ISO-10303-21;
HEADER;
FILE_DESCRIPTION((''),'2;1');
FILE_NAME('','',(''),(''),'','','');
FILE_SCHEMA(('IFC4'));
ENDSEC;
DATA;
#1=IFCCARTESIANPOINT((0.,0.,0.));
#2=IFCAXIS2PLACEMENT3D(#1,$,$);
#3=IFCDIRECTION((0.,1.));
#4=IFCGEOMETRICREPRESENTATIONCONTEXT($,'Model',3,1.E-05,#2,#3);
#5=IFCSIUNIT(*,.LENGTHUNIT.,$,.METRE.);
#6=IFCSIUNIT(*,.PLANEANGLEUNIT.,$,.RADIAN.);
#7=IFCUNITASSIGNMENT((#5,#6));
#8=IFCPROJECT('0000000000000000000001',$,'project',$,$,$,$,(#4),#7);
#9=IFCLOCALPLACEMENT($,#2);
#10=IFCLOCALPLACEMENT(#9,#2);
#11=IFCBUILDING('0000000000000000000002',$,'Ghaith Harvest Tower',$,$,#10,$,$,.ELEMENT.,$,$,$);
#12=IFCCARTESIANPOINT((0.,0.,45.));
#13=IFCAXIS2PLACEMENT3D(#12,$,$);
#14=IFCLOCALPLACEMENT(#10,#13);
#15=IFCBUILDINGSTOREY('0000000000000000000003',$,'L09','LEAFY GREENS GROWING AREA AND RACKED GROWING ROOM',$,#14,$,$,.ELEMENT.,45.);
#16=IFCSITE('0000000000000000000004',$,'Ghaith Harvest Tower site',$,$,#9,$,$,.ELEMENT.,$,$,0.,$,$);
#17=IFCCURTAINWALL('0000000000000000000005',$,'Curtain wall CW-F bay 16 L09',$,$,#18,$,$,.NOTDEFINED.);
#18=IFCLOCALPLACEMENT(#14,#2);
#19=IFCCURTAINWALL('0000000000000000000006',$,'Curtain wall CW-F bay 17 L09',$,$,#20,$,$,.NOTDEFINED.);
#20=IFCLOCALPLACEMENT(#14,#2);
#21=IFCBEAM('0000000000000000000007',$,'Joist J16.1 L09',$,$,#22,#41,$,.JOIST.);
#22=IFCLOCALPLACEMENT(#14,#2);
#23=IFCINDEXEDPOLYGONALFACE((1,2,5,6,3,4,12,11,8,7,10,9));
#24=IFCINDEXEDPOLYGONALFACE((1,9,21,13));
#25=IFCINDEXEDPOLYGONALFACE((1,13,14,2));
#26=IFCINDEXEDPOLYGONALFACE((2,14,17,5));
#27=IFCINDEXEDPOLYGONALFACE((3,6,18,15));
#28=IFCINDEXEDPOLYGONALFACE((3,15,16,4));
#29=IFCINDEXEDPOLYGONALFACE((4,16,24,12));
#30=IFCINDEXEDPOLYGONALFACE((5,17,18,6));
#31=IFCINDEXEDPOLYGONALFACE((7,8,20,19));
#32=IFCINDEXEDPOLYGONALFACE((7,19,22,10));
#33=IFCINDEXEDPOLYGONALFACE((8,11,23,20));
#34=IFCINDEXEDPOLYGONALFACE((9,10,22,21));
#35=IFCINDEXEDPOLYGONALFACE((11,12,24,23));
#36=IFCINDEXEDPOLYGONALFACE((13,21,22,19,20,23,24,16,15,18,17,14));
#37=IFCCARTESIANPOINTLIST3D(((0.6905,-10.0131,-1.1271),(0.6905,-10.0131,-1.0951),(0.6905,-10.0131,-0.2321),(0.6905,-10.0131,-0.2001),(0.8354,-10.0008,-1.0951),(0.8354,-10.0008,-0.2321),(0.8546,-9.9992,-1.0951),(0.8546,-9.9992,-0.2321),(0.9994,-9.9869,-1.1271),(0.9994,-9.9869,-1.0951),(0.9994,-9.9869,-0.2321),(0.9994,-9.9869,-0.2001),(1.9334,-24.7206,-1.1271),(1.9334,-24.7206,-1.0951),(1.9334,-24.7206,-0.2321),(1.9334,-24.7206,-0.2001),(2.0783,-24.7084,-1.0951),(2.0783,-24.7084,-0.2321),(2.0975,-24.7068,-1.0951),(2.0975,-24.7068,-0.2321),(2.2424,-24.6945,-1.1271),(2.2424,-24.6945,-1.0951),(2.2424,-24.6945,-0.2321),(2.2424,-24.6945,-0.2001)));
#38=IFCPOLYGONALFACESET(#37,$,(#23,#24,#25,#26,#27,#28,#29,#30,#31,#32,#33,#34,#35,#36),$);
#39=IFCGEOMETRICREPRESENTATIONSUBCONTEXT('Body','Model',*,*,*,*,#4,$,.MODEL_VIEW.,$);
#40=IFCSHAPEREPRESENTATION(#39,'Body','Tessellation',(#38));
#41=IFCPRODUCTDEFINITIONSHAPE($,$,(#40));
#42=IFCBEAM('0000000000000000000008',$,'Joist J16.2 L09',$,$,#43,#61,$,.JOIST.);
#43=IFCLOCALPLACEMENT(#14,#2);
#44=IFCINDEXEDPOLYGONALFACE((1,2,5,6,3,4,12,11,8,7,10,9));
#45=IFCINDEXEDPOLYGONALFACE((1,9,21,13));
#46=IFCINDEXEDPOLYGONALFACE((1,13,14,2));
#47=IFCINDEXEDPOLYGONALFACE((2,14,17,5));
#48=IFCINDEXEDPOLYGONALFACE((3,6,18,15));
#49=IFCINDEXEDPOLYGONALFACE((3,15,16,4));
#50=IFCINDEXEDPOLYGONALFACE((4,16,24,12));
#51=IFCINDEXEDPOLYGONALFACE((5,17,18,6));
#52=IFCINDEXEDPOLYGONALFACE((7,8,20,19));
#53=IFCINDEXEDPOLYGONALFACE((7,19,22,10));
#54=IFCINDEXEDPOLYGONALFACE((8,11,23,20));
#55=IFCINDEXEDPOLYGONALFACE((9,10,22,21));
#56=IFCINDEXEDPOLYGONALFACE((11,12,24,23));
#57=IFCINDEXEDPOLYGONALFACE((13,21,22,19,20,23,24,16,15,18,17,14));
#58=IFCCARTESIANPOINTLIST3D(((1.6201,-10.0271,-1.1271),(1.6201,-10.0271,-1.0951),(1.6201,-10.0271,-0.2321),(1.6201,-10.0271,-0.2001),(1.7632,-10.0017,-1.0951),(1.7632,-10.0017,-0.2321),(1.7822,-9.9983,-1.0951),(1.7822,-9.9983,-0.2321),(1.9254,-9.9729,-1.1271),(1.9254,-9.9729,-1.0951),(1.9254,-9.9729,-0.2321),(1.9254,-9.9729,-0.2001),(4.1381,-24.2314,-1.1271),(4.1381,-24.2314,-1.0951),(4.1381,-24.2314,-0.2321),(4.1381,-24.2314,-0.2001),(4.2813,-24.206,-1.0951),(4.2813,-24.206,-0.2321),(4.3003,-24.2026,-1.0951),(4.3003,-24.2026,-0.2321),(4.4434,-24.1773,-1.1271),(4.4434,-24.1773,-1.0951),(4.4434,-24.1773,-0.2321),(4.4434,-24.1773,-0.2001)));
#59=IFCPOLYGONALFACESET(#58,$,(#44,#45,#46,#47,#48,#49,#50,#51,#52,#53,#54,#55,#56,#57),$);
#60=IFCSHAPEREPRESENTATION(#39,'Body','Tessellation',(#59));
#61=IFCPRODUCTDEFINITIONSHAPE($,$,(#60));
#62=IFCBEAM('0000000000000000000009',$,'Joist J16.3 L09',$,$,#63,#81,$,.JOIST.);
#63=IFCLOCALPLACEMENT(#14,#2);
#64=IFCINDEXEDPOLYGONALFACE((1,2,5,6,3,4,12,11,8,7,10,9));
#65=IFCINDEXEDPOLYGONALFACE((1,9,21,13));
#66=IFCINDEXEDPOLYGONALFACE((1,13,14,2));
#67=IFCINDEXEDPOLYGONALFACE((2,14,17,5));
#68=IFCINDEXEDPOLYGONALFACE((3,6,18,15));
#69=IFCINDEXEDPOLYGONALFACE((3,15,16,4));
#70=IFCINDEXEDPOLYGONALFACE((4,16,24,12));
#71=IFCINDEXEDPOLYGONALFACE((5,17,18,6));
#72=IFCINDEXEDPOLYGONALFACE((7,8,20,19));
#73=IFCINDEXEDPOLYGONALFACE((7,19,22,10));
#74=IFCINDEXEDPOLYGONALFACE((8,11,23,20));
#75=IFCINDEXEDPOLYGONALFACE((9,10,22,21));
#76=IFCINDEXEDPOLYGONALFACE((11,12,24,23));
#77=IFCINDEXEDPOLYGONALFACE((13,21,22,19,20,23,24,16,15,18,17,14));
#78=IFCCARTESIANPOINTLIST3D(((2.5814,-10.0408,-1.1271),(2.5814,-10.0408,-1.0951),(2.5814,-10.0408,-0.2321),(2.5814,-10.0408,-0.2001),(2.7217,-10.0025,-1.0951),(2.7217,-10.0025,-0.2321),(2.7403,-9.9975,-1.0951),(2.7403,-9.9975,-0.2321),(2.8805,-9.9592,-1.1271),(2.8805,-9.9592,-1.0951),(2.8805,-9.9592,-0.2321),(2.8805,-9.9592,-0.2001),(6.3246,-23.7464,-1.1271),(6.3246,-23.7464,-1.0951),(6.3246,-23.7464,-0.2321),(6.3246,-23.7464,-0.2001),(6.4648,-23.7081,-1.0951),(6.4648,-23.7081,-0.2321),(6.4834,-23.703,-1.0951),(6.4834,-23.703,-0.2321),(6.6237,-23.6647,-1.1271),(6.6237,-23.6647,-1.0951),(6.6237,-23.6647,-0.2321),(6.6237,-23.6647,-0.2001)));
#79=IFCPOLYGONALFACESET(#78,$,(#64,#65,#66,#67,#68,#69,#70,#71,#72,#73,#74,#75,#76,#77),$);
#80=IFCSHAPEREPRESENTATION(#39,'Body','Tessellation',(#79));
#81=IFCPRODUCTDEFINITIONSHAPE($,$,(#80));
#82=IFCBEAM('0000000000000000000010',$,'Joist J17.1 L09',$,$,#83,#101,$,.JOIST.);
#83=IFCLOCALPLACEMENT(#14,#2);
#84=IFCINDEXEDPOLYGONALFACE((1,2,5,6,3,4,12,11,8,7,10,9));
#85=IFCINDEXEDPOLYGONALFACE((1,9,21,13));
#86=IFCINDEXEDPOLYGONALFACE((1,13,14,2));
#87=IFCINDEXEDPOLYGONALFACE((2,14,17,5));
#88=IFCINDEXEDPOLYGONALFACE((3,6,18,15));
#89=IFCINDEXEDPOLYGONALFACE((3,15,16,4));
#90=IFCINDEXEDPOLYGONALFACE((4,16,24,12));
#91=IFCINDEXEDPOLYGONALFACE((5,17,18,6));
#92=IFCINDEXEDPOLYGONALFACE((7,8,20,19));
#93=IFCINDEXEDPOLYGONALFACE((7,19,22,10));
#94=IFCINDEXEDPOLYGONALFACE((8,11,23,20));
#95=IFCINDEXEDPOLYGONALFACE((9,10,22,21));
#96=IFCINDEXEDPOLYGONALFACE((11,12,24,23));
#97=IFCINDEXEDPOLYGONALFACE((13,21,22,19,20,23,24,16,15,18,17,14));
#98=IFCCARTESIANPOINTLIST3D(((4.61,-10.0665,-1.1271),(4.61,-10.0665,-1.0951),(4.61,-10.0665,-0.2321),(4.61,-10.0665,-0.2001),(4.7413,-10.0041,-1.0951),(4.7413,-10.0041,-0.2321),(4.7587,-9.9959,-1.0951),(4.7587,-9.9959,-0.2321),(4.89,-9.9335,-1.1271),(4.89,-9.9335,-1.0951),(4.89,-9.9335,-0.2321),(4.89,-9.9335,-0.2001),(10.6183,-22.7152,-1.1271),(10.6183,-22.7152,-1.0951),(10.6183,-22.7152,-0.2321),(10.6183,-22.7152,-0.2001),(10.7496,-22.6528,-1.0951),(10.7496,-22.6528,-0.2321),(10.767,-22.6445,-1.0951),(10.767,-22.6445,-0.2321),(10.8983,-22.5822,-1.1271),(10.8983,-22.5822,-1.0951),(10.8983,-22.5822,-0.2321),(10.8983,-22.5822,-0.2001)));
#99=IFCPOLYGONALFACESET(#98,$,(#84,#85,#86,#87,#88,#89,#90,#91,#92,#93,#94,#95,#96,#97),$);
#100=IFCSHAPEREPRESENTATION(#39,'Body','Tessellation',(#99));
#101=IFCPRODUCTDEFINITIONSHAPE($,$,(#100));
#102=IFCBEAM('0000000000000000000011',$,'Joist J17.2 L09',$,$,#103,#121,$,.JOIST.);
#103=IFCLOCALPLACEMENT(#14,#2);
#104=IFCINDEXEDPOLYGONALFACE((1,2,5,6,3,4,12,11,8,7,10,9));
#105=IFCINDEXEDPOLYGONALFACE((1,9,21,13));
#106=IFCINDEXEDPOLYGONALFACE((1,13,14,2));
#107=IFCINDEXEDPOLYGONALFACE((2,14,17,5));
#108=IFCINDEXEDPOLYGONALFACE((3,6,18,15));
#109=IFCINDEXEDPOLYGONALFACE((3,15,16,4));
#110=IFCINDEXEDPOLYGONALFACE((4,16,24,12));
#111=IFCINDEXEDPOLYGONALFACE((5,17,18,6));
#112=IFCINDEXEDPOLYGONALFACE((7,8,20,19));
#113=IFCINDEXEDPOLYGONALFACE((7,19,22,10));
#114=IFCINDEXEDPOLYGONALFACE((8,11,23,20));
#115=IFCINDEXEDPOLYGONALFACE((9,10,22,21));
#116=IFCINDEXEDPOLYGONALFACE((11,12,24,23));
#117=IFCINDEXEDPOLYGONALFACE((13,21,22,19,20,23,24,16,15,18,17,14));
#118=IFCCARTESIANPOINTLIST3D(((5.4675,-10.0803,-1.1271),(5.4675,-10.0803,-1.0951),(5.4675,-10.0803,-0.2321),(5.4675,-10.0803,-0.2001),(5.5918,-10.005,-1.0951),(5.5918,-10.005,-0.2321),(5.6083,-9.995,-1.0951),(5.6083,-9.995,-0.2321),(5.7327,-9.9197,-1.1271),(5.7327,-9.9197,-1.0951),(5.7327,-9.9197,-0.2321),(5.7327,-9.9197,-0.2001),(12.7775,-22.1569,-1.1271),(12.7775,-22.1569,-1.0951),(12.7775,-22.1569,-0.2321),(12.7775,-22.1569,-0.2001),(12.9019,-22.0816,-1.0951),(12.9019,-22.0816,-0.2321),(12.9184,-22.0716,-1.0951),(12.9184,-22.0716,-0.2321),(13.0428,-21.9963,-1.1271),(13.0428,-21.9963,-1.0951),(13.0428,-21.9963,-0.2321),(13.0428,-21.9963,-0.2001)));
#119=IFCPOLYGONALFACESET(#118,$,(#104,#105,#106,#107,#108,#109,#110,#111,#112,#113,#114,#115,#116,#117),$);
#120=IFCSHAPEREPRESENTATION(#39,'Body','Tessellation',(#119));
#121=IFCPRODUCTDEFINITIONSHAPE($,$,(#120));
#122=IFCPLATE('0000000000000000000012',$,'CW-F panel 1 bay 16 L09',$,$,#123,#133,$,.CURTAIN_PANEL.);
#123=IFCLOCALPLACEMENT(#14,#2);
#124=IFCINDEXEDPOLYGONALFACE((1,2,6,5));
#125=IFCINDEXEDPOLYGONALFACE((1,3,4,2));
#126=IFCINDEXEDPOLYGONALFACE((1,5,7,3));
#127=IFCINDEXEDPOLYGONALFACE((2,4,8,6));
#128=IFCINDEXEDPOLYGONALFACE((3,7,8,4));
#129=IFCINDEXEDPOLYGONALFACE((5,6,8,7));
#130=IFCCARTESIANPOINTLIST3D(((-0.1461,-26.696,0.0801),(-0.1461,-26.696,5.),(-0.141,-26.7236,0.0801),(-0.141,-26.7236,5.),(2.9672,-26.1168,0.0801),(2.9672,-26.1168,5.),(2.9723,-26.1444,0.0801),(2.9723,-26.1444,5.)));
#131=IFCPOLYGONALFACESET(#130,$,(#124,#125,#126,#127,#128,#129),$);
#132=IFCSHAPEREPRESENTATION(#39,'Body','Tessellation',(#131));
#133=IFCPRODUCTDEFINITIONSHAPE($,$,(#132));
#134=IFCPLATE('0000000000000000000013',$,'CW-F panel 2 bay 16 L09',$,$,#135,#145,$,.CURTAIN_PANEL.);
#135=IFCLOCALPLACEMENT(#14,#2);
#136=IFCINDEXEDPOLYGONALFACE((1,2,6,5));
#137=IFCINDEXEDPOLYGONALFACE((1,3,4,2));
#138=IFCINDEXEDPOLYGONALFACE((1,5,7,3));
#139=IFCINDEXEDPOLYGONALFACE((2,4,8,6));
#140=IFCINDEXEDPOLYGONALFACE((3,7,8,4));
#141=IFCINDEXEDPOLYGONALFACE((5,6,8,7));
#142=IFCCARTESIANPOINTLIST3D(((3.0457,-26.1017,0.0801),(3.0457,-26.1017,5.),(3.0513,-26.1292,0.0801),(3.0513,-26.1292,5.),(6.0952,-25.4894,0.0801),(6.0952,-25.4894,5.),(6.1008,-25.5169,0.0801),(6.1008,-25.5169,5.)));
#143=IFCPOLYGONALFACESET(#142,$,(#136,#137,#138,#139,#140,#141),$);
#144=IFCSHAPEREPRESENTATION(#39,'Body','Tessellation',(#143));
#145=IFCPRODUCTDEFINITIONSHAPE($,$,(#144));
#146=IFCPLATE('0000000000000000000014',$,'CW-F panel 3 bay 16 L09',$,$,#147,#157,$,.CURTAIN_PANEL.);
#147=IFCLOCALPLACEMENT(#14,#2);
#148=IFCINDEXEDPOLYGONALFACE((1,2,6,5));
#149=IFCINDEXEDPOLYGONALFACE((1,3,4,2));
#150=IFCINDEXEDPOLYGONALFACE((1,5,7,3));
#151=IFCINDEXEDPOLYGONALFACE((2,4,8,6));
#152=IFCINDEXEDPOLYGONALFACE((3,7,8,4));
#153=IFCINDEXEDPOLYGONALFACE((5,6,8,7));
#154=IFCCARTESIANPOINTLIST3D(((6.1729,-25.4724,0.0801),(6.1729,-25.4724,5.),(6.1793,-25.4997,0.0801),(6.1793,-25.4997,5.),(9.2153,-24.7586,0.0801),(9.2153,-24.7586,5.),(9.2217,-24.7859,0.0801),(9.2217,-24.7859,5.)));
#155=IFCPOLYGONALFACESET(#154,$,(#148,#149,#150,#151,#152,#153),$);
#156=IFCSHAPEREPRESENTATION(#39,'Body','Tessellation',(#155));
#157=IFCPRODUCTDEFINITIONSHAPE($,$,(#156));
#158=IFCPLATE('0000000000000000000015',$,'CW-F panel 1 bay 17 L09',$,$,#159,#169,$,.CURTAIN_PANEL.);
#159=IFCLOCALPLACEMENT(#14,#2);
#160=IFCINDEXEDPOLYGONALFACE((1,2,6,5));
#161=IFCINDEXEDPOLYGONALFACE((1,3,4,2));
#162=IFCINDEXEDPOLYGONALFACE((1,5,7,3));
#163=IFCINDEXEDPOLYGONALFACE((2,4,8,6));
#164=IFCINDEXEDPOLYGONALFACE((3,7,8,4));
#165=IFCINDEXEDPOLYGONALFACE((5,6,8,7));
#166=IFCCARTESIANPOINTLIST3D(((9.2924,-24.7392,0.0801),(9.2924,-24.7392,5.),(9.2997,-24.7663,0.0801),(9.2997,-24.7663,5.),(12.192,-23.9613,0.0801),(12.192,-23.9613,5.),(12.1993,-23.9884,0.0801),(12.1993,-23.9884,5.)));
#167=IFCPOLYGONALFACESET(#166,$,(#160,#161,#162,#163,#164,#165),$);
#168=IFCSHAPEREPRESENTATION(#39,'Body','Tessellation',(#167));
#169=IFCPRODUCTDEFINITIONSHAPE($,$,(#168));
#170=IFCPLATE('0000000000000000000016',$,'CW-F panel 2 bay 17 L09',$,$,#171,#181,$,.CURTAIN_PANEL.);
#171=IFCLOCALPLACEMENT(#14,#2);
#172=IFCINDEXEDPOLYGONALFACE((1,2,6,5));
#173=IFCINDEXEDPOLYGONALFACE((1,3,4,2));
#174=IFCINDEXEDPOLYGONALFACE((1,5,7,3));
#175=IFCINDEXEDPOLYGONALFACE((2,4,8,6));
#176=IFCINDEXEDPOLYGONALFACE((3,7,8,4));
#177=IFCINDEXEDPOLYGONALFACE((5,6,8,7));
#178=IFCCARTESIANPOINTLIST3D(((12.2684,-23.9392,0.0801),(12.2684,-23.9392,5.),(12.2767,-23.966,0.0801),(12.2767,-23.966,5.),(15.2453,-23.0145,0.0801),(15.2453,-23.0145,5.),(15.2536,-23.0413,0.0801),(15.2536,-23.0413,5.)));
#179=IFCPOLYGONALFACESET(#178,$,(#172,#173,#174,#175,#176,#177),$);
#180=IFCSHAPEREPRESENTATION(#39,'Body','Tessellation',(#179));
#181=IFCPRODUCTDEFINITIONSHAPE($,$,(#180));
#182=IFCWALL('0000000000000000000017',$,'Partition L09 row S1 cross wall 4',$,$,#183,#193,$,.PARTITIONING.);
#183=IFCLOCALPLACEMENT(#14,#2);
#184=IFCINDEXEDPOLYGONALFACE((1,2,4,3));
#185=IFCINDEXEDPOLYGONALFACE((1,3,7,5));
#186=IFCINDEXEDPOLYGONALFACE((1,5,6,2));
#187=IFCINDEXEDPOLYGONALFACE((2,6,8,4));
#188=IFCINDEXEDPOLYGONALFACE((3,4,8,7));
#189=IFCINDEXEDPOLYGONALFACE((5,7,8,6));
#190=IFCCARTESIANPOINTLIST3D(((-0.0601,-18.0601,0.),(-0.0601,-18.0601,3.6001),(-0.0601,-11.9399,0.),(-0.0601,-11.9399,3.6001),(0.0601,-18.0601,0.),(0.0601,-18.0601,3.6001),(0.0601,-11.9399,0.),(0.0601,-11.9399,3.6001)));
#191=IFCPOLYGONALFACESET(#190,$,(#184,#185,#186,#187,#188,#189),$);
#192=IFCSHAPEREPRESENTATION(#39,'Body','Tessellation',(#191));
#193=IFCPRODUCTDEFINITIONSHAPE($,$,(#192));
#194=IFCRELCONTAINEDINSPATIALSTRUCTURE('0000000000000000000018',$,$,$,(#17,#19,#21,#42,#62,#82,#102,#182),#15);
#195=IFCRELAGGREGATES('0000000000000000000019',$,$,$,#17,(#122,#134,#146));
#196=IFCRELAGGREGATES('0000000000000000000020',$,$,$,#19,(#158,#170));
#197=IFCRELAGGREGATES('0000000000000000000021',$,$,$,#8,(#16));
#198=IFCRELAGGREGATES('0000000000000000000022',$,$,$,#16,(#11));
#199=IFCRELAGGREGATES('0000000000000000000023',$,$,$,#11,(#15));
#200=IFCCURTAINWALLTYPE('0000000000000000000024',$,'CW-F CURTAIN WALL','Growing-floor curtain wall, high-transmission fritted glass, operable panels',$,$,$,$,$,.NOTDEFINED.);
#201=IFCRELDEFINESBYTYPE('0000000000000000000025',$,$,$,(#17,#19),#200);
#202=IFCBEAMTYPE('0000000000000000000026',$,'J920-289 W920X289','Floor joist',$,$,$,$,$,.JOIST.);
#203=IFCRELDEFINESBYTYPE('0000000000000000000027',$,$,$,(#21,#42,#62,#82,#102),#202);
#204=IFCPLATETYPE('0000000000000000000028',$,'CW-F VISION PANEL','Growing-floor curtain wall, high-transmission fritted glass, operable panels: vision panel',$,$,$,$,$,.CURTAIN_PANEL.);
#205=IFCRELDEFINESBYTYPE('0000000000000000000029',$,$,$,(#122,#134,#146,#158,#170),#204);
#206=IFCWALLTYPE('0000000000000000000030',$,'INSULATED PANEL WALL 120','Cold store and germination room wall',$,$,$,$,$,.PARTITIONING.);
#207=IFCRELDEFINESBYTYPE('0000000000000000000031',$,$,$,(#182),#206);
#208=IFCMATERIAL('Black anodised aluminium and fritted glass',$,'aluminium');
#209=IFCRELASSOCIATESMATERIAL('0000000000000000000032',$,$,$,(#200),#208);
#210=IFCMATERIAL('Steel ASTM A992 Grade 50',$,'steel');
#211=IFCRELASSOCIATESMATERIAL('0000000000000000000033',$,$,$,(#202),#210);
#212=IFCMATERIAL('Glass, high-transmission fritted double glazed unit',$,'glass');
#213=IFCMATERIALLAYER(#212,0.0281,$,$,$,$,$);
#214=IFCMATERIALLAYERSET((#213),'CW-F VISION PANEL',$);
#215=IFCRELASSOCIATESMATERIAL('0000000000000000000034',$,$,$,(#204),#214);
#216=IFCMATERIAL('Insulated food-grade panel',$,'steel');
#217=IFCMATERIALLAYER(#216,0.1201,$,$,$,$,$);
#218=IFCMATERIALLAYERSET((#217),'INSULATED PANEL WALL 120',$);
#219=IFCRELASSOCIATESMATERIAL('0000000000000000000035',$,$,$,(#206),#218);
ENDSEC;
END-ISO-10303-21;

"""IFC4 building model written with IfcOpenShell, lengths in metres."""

from ifc_helpers import new_model, si_unit, direction, frame, frame_2d, origin, origin_2d, place, context, subcontext, project, spatial, rectangle, i_section, extrude, material, layer, layer_set, material_profile, profile_set, type_object, element, aggregate, save


model = new_model("IFC4")

# Units and contexts
model_context = context("Model", 3, precision=1e-05, world=origin(), true_north=direction((0.0, 1.0)))
body_context = subcontext(model_context, "Body", "Model", "MODEL_VIEW")
ifc_project = project(units=[si_unit("LENGTHUNIT", "METRE"), si_unit("PLANEANGLEUNIT", "RADIAN")], contexts=[model_context])

# Site, building, storey
site_placement = place(None, origin())
site = spatial("IfcSite", under=ifc_project, at=site_placement, Name="Ghaith Harvest Tower site", CompositionType="ELEMENT", RefElevation=0.0)
building_placement = place(site_placement, origin())
building = spatial("IfcBuilding", under=site, at=building_placement, Name="Ghaith Harvest Tower", CompositionType="ELEMENT")
storey_placement = place(building_placement, frame((0.0, 0.0, 45.0)))
storey = spatial("IfcBuildingStorey", under=building, at=storey_placement, Name="L09", Description="LEAFY GREENS GROWING AREA AND RACKED GROWING ROOM", CompositionType="ELEMENT", Elevation=45.0)

# Curtain walls
ifc_material_1 = material(Name="Black anodised aluminium and fritted glass", Category="aluminium")
curtain_wall_type = type_object("IfcCurtainWallType", Name="CW-F CURTAIN WALL", Description="Growing-floor curtain wall, high-transmission fritted glass, operable panels", PredefinedType="NOTDEFINED", material=ifc_material_1)
curtain_wall_1_placement = place(storey_placement, origin())
curtain_wall_1 = element("IfcCurtainWall", 1, at=curtain_wall_1_placement, inside=storey, type_object=curtain_wall_type, Name="Curtain wall CW-F bay 16 L09", PredefinedType="NOTDEFINED")
curtain_wall_2_placement = place(storey_placement, origin())
curtain_wall_2 = element("IfcCurtainWall", 2, at=curtain_wall_2_placement, inside=storey, type_object=curtain_wall_type, Name="Curtain wall CW-F bay 17 L09", PredefinedType="NOTDEFINED")

# Beams
ifc_material_2 = material(Name="Steel ASTM A992 Grade 50", Category="steel")
ifc_material_profile_1 = material_profile(ifc_material_2, i_section(OverallWidth=0.3101, OverallDepth=0.927, WebThickness=0.0193, FlangeThickness=0.032, at=origin_2d()), Name="W920X289")
ifc_profile_set_1 = profile_set([ifc_material_profile_1], Name="Steel ASTM A992 Grade 50")
beam_type_1 = type_object("IfcBeamType", Name="J920-289 W920X289", Description="Floor joist", PredefinedType="JOIST", material=ifc_profile_set_1)
beam_1_placement = place(storey_placement, frame((0.845, -10.0, -0.6636), z_axis=(0.084209, -0.996448, 0.0), x_axis=(0.996448, 0.084209, 0.0)))
element("IfcBeam", 3, at=beam_1_placement, inside=storey, type_object=beam_type_1, Name="Joist J16.1 L09", PredefinedType="JOIST", context=body_context, shape_type="SweptSolid", body=[
    extrude(i_section(OverallWidth=0.3101, OverallDepth=0.927, WebThickness=0.0193, FlangeThickness=0.032, at=origin_2d()), origin(), (0.0, 0.0, 1.0), 14.76),
])
beam_2_placement = place(storey_placement, frame((1.7727, -10.0, -0.6636), z_axis=(0.174553, -0.984648, 0.0), x_axis=(0.984648, 0.174553, 0.0)))
element("IfcBeam", 4, at=beam_2_placement, inside=storey, type_object=beam_type_1, Name="Joist J16.2 L09", PredefinedType="JOIST", context=body_context, shape_type="SweptSolid", body=[
    extrude(i_section(OverallWidth=0.3101, OverallDepth=0.927, WebThickness=0.0193, FlangeThickness=0.032, at=origin_2d()), origin(), (0.0, 0.0, 1.0), 14.4258),
])
beam_3_placement = place(storey_placement, frame((2.731, -10.0, -0.6636), z_axis=(0.263463, -0.964669, 0.0), x_axis=(0.964669, 0.263463, 0.0)))
element("IfcBeam", 5, at=beam_3_placement, inside=storey, type_object=beam_type_1, Name="Joist J16.3 L09", PredefinedType="JOIST", context=body_context, shape_type="SweptSolid", body=[
    extrude(i_section(OverallWidth=0.3101, OverallDepth=0.927, WebThickness=0.0193, FlangeThickness=0.032, at=origin_2d()), origin(), (0.0, 0.0, 1.0), 14.2075),
])
beam_4_placement = place(storey_placement, frame((4.75, -10.0, -0.6636), z_axis=(0.429067, -0.903273, 0.0), x_axis=(0.903273, 0.429067, 0.0)))
element("IfcBeam", 6, at=beam_4_placement, inside=storey, type_object=beam_type_1, Name="Joist J17.1 L09", PredefinedType="JOIST", context=body_context, shape_type="SweptSolid", body=[
    extrude(i_section(OverallWidth=0.3101, OverallDepth=0.927, WebThickness=0.0193, FlangeThickness=0.032, at=origin_2d()), origin(), (0.0, 0.0, 1.0), 14.0032),
])
beam_5_placement = place(storey_placement, frame((5.6001, -10.0, -0.6636), z_axis=(0.517829, -0.855484, 0.0), x_axis=(0.855484, 0.517829, 0.0)))
element("IfcBeam", 7, at=beam_5_placement, inside=storey, type_object=beam_type_1, Name="Joist J17.2 L09", PredefinedType="JOIST", context=body_context, shape_type="SweptSolid", body=[
    extrude(i_section(OverallWidth=0.3101, OverallDepth=0.927, WebThickness=0.0193, FlangeThickness=0.032, at=origin_2d()), origin(), (0.0, 0.0, 1.0), 14.1167),
])

# Plates
ifc_material_3 = material(Name="Glass, high-transmission fritted double glazed unit", Category="glass")
ifc_layer_1 = layer(ifc_material_3, 0.0281)
ifc_layer_set_1 = layer_set([ifc_layer_1], Name="CW-F VISION PANEL")
plate_type = type_object("IfcPlateType", Name="CW-F VISION PANEL", Description="Growing-floor curtain wall, high-transmission fritted glass, operable panels: vision panel", PredefinedType="CURTAIN_PANEL", material=ifc_layer_set_1)
plate_1_placement = place(storey_placement, frame((1.4131, -26.4202, 0.0801), z_axis=(0.0, 0.0, 1.0), x_axis=(0.983131, 0.182902, 0.0)))
plate_1 = element("IfcPlate", 8, at=plate_1_placement, type_object=plate_type, Name="CW-F panel 1 bay 16 L09", PredefinedType="CURTAIN_PANEL", context=body_context, shape_type="SweptSolid", body=[
    extrude(rectangle(XDim=3.1667, YDim=0.0281, at=origin_2d()), origin(), (0.0, 0.0, 1.0), 4.9199),
])
plate_2_placement = place(storey_placement, frame((4.5732, -25.8093, 0.0801), z_axis=(0.0, 0.0, 1.0), x_axis=(0.980432, 0.196856, 0.0)))
plate_2 = element("IfcPlate", 9, at=plate_2_placement, type_object=plate_type, Name="CW-F panel 2 bay 16 L09", PredefinedType="CURTAIN_PANEL", context=body_context, shape_type="SweptSolid", body=[
    extrude(rectangle(XDim=3.1104, YDim=0.0281, at=origin_2d()), origin(), (0.0, 0.0, 1.0), 4.9199),
])
plate_3_placement = place(storey_placement, frame((7.6973, -25.1292, 0.0801), z_axis=(0.0, 0.0, 1.0), x_axis=(0.973565, 0.228411, 0.0)))
plate_3 = element("IfcPlate", 10, at=plate_3_placement, type_object=plate_type, Name="CW-F panel 3 bay 16 L09", PredefinedType="CURTAIN_PANEL", context=body_context, shape_type="SweptSolid", body=[
    extrude(rectangle(XDim=3.125, YDim=0.0281, at=origin_2d()), origin(), (0.0, 0.0, 1.0), 4.9199),
])
aggregate(curtain_wall_1, [plate_1, plate_2, plate_3])
plate_4_placement = place(storey_placement, frame((10.7458, -24.3638, 0.0801), z_axis=(0.0, 0.0, 1.0), x_axis=(0.965848, 0.259108, 0.0)))
plate_4 = element("IfcPlate", 11, at=plate_4_placement, type_object=plate_type, Name="CW-F panel 1 bay 17 L09", PredefinedType="CURTAIN_PANEL", context=body_context, shape_type="SweptSolid", body=[
    extrude(rectangle(XDim=3.0022, YDim=0.0281, at=origin_2d()), origin(), (0.0, 0.0, 1.0), 4.9199),
])
plate_5_placement = place(storey_placement, frame((13.761, -23.4902, 0.0801), z_axis=(0.0, 0.0, 1.0), x_axis=(0.954988, 0.296644, 0.0)))
plate_5 = element("IfcPlate", 12, at=plate_5_placement, type_object=plate_type, Name="CW-F panel 2 bay 17 L09", PredefinedType="CURTAIN_PANEL", context=body_context, shape_type="SweptSolid", body=[
    extrude(rectangle(XDim=3.1172, YDim=0.0281, at=origin_2d()), origin(), (0.0, 0.0, 1.0), 4.9199),
])
aggregate(curtain_wall_2, [plate_4, plate_5])

# Wall
ifc_material_4 = material(Name="Insulated food-grade panel", Category="steel")
ifc_layer_2 = layer(ifc_material_4, 0.1201)
ifc_layer_set_2 = layer_set([ifc_layer_2], Name="INSULATED PANEL WALL 120")
wall_type_1 = type_object("IfcWallType", Name="INSULATED PANEL WALL 120", Description="Cold store and germination room wall", PredefinedType="PARTITIONING", material=ifc_layer_set_2)
for number, where, z_axis, x_axis, name in (
    (13, (0.0, -11.9399, 0.0), (0.0, 0.0, 1.0), (0.0, -1.0, 0.0), "Partition L09 row S1 cross wall 4"),
):
    element("IfcWall", number, at=place(storey_placement, frame(where, z_axis=z_axis, x_axis=x_axis)), inside=storey, type_object=wall_type_1, Name=name, PredefinedType="PARTITIONING", context=body_context, shape_type="SweptSolid", body=[
        extrude(rectangle(XDim=6.1201, YDim=0.1201, at=frame_2d((3.0601, 0.0))), origin(), (0.0, 0.0, 1.0), 3.6001),
    ])

save(model, "model.ifc")
